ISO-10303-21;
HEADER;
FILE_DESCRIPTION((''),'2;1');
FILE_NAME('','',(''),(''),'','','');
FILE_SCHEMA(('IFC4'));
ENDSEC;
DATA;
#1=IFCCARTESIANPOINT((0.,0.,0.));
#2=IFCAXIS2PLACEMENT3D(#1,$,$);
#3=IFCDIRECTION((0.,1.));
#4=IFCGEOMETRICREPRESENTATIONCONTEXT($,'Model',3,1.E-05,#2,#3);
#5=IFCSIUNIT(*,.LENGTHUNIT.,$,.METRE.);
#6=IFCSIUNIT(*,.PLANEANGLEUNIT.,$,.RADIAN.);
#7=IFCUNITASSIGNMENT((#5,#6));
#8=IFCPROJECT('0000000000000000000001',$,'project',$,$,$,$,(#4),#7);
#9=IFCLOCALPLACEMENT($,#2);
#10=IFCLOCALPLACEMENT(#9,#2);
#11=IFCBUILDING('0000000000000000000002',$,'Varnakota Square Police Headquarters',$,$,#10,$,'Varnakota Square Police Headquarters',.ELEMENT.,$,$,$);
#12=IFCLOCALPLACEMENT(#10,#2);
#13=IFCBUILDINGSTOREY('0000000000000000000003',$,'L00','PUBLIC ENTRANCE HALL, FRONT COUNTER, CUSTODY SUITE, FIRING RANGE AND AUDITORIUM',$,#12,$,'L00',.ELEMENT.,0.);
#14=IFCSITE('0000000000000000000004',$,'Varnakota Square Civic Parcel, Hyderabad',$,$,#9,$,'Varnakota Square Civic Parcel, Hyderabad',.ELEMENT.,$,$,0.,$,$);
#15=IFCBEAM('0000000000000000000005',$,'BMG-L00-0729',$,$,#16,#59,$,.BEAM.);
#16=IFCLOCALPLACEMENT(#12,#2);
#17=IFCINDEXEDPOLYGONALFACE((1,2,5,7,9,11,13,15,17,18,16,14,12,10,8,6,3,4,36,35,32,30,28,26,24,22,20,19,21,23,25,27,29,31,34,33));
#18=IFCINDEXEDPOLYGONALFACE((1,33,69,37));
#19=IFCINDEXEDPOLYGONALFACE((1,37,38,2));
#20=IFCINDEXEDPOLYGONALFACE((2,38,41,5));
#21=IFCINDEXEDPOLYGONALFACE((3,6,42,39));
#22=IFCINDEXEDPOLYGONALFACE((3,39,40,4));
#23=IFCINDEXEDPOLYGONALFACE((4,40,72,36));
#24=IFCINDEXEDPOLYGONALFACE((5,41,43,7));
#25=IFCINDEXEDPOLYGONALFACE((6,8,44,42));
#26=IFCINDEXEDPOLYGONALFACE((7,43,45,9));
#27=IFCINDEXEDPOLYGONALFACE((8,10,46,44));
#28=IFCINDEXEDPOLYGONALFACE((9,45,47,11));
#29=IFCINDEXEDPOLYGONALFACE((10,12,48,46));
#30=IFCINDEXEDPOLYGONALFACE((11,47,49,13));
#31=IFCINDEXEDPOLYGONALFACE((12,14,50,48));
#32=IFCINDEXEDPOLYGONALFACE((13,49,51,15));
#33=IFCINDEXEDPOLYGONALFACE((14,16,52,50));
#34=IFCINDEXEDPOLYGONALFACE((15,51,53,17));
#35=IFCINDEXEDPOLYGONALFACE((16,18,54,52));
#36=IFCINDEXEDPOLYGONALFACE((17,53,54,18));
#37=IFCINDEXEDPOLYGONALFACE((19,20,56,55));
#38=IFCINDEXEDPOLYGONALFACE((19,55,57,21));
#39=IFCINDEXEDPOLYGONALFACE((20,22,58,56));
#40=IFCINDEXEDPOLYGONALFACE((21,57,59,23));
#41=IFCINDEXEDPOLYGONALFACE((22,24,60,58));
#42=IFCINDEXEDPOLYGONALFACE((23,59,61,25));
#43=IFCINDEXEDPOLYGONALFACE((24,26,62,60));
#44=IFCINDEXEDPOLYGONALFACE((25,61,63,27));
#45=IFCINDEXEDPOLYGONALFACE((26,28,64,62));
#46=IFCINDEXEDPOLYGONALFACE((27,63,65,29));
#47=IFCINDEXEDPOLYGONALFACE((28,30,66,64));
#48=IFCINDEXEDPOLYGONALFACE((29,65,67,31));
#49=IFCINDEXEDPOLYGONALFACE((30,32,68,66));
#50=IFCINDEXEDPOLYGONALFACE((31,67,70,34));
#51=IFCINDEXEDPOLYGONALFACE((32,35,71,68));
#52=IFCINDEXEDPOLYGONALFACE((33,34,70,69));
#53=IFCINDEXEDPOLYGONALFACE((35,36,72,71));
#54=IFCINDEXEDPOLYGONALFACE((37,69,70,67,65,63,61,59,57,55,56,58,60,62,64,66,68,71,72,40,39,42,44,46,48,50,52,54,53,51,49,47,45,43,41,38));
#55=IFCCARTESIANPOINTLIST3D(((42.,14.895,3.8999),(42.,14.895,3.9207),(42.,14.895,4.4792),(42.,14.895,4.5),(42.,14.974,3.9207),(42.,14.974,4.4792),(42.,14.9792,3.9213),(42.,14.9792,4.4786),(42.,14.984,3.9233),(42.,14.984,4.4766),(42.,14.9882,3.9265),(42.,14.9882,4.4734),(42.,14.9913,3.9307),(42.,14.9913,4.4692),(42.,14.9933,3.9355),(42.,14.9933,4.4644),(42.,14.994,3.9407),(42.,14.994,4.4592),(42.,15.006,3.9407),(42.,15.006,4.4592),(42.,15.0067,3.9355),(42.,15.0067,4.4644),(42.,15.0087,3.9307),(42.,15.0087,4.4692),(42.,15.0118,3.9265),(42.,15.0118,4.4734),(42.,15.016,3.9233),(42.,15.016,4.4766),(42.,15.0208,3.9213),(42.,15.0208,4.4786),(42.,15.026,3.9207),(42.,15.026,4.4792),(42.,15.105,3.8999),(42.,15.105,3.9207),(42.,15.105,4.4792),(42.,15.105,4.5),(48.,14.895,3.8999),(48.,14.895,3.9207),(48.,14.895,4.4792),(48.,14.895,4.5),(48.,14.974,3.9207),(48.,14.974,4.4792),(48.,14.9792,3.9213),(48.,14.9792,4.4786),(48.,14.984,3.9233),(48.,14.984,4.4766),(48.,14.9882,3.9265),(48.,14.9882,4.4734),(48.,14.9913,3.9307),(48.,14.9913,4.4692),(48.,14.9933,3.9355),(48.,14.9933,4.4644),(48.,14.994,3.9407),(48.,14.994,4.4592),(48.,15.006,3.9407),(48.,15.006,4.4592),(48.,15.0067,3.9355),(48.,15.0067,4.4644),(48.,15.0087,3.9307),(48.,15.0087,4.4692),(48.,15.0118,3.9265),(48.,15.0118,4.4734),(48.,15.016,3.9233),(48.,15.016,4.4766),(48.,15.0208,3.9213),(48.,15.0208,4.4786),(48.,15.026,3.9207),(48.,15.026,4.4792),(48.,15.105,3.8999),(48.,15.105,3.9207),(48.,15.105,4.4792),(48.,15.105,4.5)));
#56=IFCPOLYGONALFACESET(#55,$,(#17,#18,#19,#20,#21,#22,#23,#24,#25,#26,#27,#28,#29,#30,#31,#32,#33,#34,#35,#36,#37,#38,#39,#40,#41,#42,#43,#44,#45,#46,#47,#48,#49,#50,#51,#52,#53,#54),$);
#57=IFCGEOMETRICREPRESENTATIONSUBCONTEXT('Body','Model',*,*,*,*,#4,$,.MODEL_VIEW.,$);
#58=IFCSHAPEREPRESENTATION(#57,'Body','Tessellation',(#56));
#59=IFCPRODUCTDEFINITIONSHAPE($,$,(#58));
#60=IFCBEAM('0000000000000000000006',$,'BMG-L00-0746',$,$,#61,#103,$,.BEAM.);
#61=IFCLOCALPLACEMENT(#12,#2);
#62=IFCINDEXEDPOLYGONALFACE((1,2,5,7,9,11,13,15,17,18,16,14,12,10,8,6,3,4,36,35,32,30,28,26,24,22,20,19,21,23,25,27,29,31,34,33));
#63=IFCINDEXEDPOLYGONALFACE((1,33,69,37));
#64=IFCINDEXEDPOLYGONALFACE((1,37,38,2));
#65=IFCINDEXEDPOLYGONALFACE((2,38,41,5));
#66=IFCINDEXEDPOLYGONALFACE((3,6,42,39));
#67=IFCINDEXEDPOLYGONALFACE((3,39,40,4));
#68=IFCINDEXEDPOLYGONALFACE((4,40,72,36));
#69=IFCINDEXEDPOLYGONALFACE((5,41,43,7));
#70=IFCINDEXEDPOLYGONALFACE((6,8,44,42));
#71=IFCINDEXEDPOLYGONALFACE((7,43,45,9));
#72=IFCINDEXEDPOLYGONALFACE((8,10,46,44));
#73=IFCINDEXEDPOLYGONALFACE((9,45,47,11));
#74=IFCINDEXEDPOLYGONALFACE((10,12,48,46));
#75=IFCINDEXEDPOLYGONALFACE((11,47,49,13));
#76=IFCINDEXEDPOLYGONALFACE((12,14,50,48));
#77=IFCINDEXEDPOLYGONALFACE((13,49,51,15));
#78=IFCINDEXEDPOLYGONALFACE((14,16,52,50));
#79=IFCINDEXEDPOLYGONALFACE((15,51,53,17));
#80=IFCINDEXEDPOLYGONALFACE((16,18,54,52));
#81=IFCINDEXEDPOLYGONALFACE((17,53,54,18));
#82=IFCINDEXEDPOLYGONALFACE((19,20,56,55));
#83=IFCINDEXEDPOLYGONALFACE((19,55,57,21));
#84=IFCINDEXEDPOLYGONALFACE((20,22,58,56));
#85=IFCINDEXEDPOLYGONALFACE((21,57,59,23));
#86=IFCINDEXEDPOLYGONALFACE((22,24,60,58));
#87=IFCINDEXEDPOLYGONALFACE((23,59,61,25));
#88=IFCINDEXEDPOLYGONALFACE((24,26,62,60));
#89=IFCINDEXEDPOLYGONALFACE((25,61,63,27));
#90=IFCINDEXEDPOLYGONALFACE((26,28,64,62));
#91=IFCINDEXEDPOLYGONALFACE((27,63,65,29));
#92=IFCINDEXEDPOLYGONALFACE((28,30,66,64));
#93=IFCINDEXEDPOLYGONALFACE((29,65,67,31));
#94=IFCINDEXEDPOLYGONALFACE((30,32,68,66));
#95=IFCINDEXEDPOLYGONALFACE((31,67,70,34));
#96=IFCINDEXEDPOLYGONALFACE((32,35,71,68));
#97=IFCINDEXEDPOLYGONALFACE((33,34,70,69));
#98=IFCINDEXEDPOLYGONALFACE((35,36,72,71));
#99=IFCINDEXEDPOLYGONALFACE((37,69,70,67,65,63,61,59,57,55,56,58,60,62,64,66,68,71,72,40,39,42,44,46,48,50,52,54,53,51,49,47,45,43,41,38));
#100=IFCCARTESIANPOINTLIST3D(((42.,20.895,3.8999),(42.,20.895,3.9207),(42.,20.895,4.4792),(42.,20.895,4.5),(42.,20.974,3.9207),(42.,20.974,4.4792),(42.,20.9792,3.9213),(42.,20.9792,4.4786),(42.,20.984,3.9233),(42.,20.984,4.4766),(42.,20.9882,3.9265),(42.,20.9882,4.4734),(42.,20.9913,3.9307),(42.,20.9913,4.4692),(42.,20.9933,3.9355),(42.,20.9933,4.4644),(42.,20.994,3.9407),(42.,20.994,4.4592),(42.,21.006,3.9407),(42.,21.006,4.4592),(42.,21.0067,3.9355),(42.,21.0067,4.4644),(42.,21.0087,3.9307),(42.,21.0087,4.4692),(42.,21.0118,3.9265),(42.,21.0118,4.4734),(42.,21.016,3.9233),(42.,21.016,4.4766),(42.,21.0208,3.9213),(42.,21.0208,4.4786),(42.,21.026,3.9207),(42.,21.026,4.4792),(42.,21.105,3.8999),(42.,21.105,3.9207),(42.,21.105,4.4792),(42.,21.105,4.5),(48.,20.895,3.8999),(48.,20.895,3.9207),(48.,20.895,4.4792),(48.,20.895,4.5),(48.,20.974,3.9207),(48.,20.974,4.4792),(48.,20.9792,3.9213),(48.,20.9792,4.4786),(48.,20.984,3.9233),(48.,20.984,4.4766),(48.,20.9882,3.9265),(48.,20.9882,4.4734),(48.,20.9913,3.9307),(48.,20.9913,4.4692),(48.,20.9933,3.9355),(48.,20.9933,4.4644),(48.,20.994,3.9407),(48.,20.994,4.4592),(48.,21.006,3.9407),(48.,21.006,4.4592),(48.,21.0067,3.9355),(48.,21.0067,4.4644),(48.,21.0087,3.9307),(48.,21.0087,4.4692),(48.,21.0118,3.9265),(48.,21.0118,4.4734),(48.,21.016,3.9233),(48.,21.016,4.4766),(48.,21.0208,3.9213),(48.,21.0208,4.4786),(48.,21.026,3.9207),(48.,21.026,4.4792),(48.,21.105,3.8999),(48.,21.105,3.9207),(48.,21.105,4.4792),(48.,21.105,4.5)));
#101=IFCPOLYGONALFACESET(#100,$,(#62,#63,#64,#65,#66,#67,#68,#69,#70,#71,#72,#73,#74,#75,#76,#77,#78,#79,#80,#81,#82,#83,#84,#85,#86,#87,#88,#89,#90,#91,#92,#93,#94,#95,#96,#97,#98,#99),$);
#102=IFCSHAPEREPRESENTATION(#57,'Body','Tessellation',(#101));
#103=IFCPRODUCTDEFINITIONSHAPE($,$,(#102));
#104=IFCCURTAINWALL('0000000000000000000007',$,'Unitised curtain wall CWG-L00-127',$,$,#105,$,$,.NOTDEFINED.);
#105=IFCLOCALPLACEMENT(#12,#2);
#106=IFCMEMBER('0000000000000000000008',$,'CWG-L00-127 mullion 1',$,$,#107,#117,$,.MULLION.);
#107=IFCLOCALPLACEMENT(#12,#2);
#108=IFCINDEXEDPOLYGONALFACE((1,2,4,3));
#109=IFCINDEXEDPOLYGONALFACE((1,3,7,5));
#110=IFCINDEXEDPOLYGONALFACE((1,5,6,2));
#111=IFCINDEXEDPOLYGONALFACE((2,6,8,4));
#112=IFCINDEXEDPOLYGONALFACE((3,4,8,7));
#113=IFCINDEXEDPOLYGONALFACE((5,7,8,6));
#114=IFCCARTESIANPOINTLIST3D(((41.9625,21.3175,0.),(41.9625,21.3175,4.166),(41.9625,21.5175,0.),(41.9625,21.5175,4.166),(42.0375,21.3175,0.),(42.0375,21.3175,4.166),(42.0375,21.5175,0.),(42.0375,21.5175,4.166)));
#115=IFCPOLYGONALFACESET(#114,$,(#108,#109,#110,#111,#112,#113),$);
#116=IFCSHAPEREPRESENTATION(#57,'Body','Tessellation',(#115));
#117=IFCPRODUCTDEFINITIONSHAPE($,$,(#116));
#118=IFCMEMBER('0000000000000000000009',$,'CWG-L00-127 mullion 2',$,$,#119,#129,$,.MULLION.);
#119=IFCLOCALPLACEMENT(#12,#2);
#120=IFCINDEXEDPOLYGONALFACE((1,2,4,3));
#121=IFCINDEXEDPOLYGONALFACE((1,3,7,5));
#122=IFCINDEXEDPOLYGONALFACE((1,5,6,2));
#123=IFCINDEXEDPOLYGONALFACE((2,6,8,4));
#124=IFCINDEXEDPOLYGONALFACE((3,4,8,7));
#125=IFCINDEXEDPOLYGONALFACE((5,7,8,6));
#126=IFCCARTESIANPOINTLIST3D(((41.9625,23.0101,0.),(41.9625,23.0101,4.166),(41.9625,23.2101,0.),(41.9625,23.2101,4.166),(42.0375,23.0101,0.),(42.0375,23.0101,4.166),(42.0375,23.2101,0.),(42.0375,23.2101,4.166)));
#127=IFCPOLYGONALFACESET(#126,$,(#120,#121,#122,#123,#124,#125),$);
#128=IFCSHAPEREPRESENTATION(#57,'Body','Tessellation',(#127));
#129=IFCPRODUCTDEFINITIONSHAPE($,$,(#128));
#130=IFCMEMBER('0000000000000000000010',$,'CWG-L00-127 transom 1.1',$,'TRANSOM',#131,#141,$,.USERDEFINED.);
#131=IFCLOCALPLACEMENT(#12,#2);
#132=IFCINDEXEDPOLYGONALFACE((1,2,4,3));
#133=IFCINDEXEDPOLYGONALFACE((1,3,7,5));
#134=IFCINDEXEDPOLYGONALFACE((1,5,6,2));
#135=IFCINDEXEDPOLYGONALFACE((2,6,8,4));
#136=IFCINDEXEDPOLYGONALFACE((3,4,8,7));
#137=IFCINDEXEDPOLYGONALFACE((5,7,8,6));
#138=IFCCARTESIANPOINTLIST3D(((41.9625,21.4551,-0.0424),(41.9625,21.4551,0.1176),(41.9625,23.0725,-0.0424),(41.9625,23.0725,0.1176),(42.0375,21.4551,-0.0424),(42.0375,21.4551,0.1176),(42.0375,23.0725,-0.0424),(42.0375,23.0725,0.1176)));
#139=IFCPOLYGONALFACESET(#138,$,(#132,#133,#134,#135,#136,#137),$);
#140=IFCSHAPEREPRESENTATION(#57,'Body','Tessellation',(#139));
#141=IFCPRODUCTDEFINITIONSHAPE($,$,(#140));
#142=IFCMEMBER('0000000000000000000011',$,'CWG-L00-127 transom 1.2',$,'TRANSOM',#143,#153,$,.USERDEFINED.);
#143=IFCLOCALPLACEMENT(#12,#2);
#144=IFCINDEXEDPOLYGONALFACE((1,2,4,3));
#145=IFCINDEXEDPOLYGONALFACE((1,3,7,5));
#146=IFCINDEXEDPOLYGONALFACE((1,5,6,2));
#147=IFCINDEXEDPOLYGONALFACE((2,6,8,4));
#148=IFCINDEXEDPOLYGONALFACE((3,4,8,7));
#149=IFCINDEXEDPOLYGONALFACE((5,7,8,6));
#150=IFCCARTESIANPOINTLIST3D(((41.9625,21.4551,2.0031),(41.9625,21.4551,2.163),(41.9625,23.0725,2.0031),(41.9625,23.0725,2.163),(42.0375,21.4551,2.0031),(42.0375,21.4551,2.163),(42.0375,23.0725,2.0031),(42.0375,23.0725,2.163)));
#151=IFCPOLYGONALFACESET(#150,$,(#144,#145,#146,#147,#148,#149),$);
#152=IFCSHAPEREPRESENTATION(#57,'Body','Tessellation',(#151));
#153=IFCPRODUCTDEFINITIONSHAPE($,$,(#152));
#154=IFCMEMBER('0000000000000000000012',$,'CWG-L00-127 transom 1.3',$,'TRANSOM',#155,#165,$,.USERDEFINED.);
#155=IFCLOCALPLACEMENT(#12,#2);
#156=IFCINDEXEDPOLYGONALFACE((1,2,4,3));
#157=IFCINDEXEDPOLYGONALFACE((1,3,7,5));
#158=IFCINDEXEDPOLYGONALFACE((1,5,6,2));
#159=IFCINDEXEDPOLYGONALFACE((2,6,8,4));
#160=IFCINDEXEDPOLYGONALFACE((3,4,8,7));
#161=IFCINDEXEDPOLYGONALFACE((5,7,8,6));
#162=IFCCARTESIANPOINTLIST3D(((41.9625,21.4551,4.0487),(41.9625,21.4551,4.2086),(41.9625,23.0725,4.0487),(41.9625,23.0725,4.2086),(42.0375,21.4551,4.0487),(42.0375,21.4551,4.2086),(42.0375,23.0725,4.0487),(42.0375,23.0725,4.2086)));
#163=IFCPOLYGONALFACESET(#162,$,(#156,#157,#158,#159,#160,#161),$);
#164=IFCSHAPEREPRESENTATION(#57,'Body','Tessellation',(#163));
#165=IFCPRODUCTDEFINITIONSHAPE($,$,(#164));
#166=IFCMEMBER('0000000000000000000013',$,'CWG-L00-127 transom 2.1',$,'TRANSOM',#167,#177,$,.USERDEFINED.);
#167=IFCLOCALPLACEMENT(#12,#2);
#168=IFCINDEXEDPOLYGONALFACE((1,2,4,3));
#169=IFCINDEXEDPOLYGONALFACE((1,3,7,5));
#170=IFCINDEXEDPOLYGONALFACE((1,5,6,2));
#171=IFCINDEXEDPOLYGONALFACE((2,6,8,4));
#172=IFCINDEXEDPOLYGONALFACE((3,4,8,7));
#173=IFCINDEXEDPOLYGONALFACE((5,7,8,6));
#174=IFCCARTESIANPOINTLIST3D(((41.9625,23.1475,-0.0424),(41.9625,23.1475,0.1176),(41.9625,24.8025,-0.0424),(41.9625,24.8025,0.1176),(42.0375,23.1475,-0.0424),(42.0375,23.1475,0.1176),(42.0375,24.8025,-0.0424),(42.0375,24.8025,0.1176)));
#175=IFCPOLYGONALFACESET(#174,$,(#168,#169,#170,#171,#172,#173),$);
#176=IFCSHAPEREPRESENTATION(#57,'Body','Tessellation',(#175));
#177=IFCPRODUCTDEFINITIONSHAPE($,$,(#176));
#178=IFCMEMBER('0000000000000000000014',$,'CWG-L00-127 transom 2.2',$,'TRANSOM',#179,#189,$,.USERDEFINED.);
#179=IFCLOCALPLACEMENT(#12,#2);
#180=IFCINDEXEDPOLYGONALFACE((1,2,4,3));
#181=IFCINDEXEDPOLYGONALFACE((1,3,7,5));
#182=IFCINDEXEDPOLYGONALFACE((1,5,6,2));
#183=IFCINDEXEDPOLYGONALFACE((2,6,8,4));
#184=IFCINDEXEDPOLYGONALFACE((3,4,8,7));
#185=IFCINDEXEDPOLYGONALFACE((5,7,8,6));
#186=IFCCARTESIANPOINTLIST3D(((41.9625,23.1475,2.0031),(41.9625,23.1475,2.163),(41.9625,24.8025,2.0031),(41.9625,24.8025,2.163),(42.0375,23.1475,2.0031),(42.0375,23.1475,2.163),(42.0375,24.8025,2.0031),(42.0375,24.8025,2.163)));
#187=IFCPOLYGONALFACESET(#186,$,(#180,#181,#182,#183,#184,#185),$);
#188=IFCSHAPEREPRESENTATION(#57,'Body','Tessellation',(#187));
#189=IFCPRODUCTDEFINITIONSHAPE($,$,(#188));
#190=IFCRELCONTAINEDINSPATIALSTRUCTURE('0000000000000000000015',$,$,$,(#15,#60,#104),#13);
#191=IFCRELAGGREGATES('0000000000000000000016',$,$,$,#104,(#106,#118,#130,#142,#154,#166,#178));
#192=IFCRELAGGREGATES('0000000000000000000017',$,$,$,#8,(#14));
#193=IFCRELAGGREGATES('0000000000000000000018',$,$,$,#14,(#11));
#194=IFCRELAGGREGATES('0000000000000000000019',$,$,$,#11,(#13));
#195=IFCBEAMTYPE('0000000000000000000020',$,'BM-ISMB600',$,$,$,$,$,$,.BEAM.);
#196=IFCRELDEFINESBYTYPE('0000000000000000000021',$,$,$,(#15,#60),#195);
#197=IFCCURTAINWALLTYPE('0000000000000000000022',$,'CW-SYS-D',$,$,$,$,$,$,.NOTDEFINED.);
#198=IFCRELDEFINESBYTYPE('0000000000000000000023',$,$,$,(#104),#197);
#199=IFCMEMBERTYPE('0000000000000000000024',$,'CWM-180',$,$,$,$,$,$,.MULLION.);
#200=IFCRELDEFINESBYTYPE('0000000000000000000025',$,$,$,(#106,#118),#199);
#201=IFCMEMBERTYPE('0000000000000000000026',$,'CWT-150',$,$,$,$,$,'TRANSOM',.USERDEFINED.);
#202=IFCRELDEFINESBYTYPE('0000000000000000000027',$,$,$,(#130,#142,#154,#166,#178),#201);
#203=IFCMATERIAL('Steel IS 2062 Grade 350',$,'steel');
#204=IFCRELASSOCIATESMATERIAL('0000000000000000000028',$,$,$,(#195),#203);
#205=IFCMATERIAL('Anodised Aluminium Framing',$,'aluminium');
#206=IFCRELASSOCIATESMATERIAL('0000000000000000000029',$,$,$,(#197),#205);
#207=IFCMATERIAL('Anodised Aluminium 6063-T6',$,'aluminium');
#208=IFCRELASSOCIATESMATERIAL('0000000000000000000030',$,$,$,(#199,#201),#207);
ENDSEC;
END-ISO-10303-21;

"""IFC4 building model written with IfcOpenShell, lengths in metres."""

from ifc_helpers import new_model, si_unit, direction, frame, origin, origin_2d, place, context, subcontext, project, spatial, rectangle, i_section, extrude, material, material_profile, profile_set, type_object, element, aggregate, save


model = new_model("IFC4")

# Units and contexts
model_context = context("Model", 3, precision=1e-05, world=origin(), true_north=direction((0.0, 1.0)))
body_context = subcontext(model_context, "Body", "Model", "MODEL_VIEW")
ifc_project = project(units=[si_unit("LENGTHUNIT", "METRE"), si_unit("PLANEANGLEUNIT", "RADIAN")], contexts=[model_context])

# Site, building, storey
site_placement = place(None, origin())
site = spatial("IfcSite", under=ifc_project, at=site_placement, Name="Varnakota Square Civic Parcel, Hyderabad", LongName="Varnakota Square Civic Parcel, Hyderabad", CompositionType="ELEMENT", RefElevation=0.0)
building_placement = place(site_placement, origin())
building = spatial("IfcBuilding", under=site, at=building_placement, Name="Varnakota Square Police Headquarters", LongName="Varnakota Square Police Headquarters", CompositionType="ELEMENT")
storey_placement = place(building_placement, origin())
storey = spatial("IfcBuildingStorey", under=building, at=storey_placement, Name="L00", Description="PUBLIC ENTRANCE HALL, FRONT COUNTER, CUSTODY SUITE, FIRING RANGE AND AUDITORIUM", LongName="L00", CompositionType="ELEMENT", Elevation=0.0)

# Beams
ifc_material_1 = material(Name="Steel IS 2062 Grade 350", Category="steel")
ifc_material_profile_1 = material_profile(ifc_material_1, i_section(OverallWidth=0.21, OverallDepth=0.6001, WebThickness=0.012, FlangeThickness=0.0208, FilletRadius=0.02, at=origin_2d()), Name="ISMB 600")
ifc_profile_set_1 = profile_set([ifc_material_profile_1], Name="Steel IS 2062 Grade 350")
beam_type_1 = type_object("IfcBeamType", Name="BM-ISMB600", PredefinedType="BEAM", material=ifc_profile_set_1)
for number, where, z_axis, x_axis, name in (
    (1, (42.0, 15.0, 4.2), (1.0, 0.0, 0.0), (0.0, 1.0, 0.0), "BMG-L00-0729"),
    (2, (42.0, 21.0, 4.2), (1.0, 0.0, 0.0), (0.0, 1.0, 0.0), "BMG-L00-0746"),
):
    element("IfcBeam", number, at=place(storey_placement, frame(where, z_axis=z_axis, x_axis=x_axis)), inside=storey, type_object=beam_type_1, Name=name, PredefinedType="BEAM", context=body_context, shape_type="SweptSolid", body=[
        extrude(i_section(OverallWidth=0.21, OverallDepth=0.6001, WebThickness=0.012, FlangeThickness=0.0208, FilletRadius=0.02, at=origin_2d()), origin(), (0.0, 0.0, 1.0), 6.0),
    ])

# Curtain wall, members
ifc_material_2 = material(Name="Anodised Aluminium Framing", Category="aluminium")
curtain_wall_type = type_object("IfcCurtainWallType", Name="CW-SYS-D", PredefinedType="NOTDEFINED", material=ifc_material_2)
curtain_wall_placement = place(storey_placement, origin())
curtain_wall = element("IfcCurtainWall", 3, at=curtain_wall_placement, inside=storey, type_object=curtain_wall_type, Name="Unitised curtain wall CWG-L00-127", PredefinedType="NOTDEFINED")
ifc_material_3 = material(Name="Anodised Aluminium 6063-T6", Category="aluminium")
ifc_material_profile_2 = material_profile(ifc_material_3, rectangle(XDim=0.075, YDim=0.2, at=origin_2d()), Name="ALU MULLION 75x200")
ifc_profile_set_2 = profile_set([ifc_material_profile_2], Name="Anodised Aluminium 6063-T6")
member_type_1 = type_object("IfcMemberType", Name="CWM-180", PredefinedType="MULLION", material=ifc_profile_set_2)
member_1_placement = place(storey_placement, frame((42.0, 21.4175, 0.0), z_axis=(0.0, 0.0, 1.0), x_axis=(-1.0, 0.0, 0.0)))
member_1 = element("IfcMember", 4, at=member_1_placement, type_object=member_type_1, Name="CWG-L00-127 mullion 1", PredefinedType="MULLION", context=body_context, shape_type="SweptSolid", body=[
    extrude(rectangle(XDim=0.075, YDim=0.2, at=origin_2d()), origin(), (0.0, 0.0, 1.0), 4.166),
])
member_2_placement = place(storey_placement, frame((42.0, 23.1101, 0.0), z_axis=(0.0, 0.0, 1.0), x_axis=(-1.0, 0.0, 0.0)))
member_2 = element("IfcMember", 5, at=member_2_placement, type_object=member_type_1, Name="CWG-L00-127 mullion 2", PredefinedType="MULLION", context=body_context, shape_type="SweptSolid", body=[
    extrude(rectangle(XDim=0.075, YDim=0.2, at=origin_2d()), origin(), (0.0, 0.0, 1.0), 4.166),
])
ifc_material_profile_3 = material_profile(ifc_material_3, rectangle(XDim=0.075, YDim=0.1599, at=origin_2d()), Name="ALU TRANSOM 75x160")
ifc_profile_set_3 = profile_set([ifc_material_profile_3], Name="Anodised Aluminium 6063-T6")
member_type_2 = type_object("IfcMemberType", Name="CWT-150", ElementType="TRANSOM", PredefinedType="USERDEFINED", material=ifc_profile_set_3)
member_3_placement = place(storey_placement, frame((42.0, 21.4551, 0.0376), z_axis=(0.0, 1.0, 0.0), x_axis=(-1.0, 0.0, 0.0)))
member_3 = element("IfcMember", 6, at=member_3_placement, type_object=member_type_2, Name="CWG-L00-127 transom 1.1", ObjectType="TRANSOM", PredefinedType="USERDEFINED", context=body_context, shape_type="SweptSolid", body=[
    extrude(rectangle(XDim=0.075, YDim=0.1599, at=origin_2d()), origin(), (0.0, 0.0, 1.0), 1.6174),
])
member_4_placement = place(storey_placement, frame((42.0, 21.4551, 2.083), z_axis=(0.0, 1.0, 0.0), x_axis=(-1.0, 0.0, 0.0)))
member_4 = element("IfcMember", 7, at=member_4_placement, type_object=member_type_2, Name="CWG-L00-127 transom 1.2", ObjectType="TRANSOM", PredefinedType="USERDEFINED", context=body_context, shape_type="SweptSolid", body=[
    extrude(rectangle(XDim=0.075, YDim=0.1599, at=origin_2d()), origin(), (0.0, 0.0, 1.0), 1.6174),
])
member_5_placement = place(storey_placement, frame((42.0, 21.4551, 4.1287), z_axis=(0.0, 1.0, 0.0), x_axis=(-1.0, 0.0, 0.0)))
member_5 = element("IfcMember", 8, at=member_5_placement, type_object=member_type_2, Name="CWG-L00-127 transom 1.3", ObjectType="TRANSOM", PredefinedType="USERDEFINED", context=body_context, shape_type="SweptSolid", body=[
    extrude(rectangle(XDim=0.075, YDim=0.1599, at=origin_2d()), origin(), (0.0, 0.0, 1.0), 1.6174),
])
member_6_placement = place(storey_placement, frame((42.0, 23.1475, 0.0376), z_axis=(0.0, 1.0, 0.0), x_axis=(-1.0, 0.0, 0.0)))
member_6 = element("IfcMember", 9, at=member_6_placement, type_object=member_type_2, Name="CWG-L00-127 transom 2.1", ObjectType="TRANSOM", PredefinedType="USERDEFINED", context=body_context, shape_type="SweptSolid", body=[
    extrude(rectangle(XDim=0.075, YDim=0.1599, at=origin_2d()), origin(), (0.0, 0.0, 1.0), 1.655),
])
member_7_placement = place(storey_placement, frame((42.0, 23.1475, 2.083), z_axis=(0.0, 1.0, 0.0), x_axis=(-1.0, 0.0, 0.0)))
member_7 = element("IfcMember", 10, at=member_7_placement, type_object=member_type_2, Name="CWG-L00-127 transom 2.2", ObjectType="TRANSOM", PredefinedType="USERDEFINED", context=body_context, shape_type="SweptSolid", body=[
    extrude(rectangle(XDim=0.075, YDim=0.1599, at=origin_2d()), origin(), (0.0, 0.0, 1.0), 1.655),
])
aggregate(curtain_wall, [member_1, member_2, member_3, member_4, member_5, member_6, member_7])

save(model, "model.ifc")
